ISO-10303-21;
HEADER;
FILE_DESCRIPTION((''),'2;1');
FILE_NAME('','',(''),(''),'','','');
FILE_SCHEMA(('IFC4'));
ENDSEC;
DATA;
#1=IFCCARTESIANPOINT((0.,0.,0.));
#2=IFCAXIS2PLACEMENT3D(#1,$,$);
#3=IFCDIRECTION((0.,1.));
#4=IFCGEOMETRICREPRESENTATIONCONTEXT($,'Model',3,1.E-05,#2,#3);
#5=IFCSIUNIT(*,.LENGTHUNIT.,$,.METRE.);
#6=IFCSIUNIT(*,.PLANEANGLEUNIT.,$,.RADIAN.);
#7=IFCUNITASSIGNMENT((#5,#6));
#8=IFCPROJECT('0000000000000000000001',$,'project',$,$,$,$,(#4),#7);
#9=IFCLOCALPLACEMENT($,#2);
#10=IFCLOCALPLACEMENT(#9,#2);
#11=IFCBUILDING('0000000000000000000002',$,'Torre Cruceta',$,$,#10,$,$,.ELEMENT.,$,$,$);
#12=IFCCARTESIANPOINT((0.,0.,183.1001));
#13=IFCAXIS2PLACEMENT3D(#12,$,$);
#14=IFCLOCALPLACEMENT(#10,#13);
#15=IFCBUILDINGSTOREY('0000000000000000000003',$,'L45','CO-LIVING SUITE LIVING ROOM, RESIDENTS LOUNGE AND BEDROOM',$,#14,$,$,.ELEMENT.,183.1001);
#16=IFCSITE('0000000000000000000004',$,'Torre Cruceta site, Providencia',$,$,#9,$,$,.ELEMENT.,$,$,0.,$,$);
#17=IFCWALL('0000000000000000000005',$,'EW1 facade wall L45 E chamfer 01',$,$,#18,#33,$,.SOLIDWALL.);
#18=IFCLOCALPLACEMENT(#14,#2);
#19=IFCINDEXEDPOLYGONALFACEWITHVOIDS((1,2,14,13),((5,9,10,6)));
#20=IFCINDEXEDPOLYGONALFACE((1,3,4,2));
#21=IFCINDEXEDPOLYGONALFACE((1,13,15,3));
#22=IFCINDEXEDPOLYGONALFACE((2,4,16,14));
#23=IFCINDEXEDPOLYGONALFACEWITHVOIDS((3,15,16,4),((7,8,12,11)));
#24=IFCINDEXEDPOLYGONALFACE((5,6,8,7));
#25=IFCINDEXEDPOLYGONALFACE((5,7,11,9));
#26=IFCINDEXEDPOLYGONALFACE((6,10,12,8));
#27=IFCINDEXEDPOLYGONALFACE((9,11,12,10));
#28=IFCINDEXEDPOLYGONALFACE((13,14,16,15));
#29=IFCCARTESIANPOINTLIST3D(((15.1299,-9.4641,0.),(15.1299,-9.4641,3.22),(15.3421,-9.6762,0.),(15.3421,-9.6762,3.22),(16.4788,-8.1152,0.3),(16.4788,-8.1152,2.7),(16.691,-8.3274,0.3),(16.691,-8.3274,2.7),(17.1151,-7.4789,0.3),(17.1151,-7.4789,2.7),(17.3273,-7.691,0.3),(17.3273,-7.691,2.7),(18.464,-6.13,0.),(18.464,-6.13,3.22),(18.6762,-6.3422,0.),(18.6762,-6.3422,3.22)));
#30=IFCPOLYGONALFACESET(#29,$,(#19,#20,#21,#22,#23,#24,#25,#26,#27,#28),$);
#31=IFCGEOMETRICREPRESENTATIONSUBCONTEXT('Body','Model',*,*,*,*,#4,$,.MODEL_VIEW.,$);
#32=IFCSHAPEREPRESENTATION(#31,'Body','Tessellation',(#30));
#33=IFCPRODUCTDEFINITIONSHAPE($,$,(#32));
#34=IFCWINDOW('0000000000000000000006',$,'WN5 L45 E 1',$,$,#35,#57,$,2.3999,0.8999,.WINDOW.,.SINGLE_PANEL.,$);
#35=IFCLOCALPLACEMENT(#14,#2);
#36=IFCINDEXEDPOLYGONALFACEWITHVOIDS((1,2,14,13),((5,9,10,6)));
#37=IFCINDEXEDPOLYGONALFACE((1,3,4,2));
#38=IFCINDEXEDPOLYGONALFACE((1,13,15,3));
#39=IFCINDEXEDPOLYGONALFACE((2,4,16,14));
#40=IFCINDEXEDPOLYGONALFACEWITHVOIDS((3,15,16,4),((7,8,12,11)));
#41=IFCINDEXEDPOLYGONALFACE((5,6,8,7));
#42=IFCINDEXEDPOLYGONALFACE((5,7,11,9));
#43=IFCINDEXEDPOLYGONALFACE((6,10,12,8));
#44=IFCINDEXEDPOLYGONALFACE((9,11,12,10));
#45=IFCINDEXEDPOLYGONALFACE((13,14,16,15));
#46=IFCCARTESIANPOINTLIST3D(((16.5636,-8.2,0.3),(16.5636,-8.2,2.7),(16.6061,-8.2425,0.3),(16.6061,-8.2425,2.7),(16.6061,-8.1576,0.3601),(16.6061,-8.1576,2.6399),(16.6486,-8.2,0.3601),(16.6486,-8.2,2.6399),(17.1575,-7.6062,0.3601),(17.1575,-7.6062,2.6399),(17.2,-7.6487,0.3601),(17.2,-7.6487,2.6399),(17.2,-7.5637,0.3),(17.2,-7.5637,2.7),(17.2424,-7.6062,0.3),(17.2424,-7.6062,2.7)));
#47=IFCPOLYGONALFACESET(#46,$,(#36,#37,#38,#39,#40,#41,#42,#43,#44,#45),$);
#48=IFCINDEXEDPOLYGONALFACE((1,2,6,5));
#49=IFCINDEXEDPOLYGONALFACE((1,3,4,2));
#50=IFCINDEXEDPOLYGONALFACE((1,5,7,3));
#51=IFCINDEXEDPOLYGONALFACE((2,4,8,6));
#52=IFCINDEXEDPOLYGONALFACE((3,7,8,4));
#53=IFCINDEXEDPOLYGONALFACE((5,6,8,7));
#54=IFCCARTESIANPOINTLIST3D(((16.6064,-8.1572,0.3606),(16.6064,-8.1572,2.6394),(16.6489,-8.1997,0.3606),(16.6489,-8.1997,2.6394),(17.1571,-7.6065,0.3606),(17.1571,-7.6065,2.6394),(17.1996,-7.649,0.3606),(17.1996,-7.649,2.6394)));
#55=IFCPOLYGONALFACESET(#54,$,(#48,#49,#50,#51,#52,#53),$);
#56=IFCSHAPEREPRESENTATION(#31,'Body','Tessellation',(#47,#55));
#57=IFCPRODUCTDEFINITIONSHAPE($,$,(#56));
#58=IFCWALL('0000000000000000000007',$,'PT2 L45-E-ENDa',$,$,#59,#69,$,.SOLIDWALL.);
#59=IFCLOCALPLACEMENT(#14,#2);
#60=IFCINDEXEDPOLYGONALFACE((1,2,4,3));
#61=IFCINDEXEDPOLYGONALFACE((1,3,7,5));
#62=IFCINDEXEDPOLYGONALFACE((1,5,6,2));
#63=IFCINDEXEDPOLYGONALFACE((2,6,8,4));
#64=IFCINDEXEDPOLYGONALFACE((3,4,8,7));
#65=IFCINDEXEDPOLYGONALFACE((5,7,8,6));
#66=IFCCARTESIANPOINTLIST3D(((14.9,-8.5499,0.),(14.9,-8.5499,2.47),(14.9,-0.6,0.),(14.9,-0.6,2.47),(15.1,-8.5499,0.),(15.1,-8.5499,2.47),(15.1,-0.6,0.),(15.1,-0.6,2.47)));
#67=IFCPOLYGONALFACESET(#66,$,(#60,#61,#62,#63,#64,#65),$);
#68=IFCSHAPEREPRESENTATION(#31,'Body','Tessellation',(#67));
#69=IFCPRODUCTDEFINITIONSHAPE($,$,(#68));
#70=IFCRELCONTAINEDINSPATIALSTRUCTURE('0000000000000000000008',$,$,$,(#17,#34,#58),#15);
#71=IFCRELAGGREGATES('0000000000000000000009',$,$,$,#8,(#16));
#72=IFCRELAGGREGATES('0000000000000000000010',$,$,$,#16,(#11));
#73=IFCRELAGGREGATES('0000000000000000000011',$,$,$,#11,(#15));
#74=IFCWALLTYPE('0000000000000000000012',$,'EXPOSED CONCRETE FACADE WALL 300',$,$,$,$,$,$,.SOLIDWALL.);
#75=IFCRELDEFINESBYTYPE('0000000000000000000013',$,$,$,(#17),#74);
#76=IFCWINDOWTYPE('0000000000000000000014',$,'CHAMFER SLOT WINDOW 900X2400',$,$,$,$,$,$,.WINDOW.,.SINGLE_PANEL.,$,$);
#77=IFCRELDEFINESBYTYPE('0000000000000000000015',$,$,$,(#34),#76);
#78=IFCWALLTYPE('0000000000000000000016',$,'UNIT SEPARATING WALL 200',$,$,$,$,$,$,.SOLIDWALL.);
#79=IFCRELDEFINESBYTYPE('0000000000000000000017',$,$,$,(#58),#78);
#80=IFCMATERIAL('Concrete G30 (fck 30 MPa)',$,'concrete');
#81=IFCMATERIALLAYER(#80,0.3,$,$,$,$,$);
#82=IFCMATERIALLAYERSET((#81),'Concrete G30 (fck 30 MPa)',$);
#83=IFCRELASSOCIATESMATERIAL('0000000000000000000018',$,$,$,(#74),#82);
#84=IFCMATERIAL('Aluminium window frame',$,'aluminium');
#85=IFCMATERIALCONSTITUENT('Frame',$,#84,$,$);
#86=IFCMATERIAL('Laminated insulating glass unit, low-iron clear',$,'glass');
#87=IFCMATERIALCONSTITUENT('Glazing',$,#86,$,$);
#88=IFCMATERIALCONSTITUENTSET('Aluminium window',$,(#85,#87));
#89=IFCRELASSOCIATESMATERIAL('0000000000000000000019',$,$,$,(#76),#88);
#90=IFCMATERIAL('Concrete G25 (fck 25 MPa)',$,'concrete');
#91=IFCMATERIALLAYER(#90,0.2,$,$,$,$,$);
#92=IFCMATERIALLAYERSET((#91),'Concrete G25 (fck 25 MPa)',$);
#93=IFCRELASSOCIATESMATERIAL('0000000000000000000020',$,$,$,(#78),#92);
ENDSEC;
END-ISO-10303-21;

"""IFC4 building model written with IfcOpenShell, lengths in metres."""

from ifc_helpers import new_model, si_unit, direction, frame, frame_2d, origin, place, context, subcontext, project, spatial, rectangle, hollow_rectangle, extrude, material, layer, layer_set, constituent, constituent_set, type_object, element, fill, save


model = new_model("IFC4")

# Units and contexts
model_context = context("Model", 3, precision=1e-05, world=origin(), true_north=direction((0.0, 1.0)))
body_context = subcontext(model_context, "Body", "Model", "MODEL_VIEW")
ifc_project = project(units=[si_unit("LENGTHUNIT", "METRE"), si_unit("PLANEANGLEUNIT", "RADIAN")], contexts=[model_context])

# Site, building, storey
site_placement = place(None, origin())
site = spatial("IfcSite", under=ifc_project, at=site_placement, Name="Torre Cruceta site, Providencia", CompositionType="ELEMENT", RefElevation=0.0)
building_placement = place(site_placement, origin())
building = spatial("IfcBuilding", under=site, at=building_placement, Name="Torre Cruceta", CompositionType="ELEMENT")
storey_placement = place(building_placement, frame((0.0, 0.0, 183.1001)))
storey = spatial("IfcBuildingStorey", under=building, at=storey_placement, Name="L45", Description="CO-LIVING SUITE LIVING ROOM, RESIDENTS LOUNGE AND BEDROOM", CompositionType="ELEMENT", Elevation=183.1001)

# Wall, opening, window
ifc_material_1 = material(Name="Concrete G30 (fck 30 MPa)", Category="concrete")
ifc_layer_1 = layer(ifc_material_1, 0.3)
ifc_layer_set_1 = layer_set([ifc_layer_1], Name="Concrete G30 (fck 30 MPa)")
wall_type_1 = type_object("IfcWallType", Name="EXPOSED CONCRETE FACADE WALL 300", PredefinedType="SOLIDWALL", material=ifc_layer_set_1)
wall_1_placement = place(storey_placement, frame((15.2361, -9.5701, 0.0), z_axis=(0.0, 0.0, 1.0), x_axis=(0.707107, 0.707107, 0.0)))
wall_1 = element("IfcWall", 1, at=wall_1_placement, inside=storey, type_object=wall_type_1, Name="EW1 facade wall L45 E chamfer 01", PredefinedType="SOLIDWALL", context=body_context, shape_type="SweptSolid", body=[
    extrude(rectangle(XDim=4.7151, YDim=0.3, at=frame_2d((2.3574, 0.0))), origin(), (0.0, 0.0, 1.0), 3.22),
])
opening_1_placement = place(wall_1_placement, frame((1.9075, 0.0, 0.3)))
opening_1 = element("IfcOpeningElement", 2, at=opening_1_placement, cuts=wall_1, PredefinedType="OPENING", context=body_context, shape_type="SweptSolid", body=[
    extrude(rectangle(XDim=0.8999, YDim=2.3999, at=frame_2d((0.45, 1.2))), frame((0.0, 0.1599, 0.0), z_axis=(0.0, -1.0, 0.0), x_axis=(1.0, 0.0, 0.0)), (0.0, 0.0, 1.0), 0.3201),
])
ifc_material_2 = material(Name="Aluminium window frame", Category="aluminium")
ifc_constituent_1 = constituent(ifc_material_2, Name="Frame")
ifc_material_3 = material(Name="Laminated insulating glass unit, low-iron clear", Category="glass")
ifc_constituent_2 = constituent(ifc_material_3, Name="Glazing")
ifc_constituent_set = constituent_set(constituents=[ifc_constituent_1, ifc_constituent_2], Name="Aluminium window")
window_type = type_object("IfcWindowType", Name="CHAMFER SLOT WINDOW 900X2400", PartitioningType="SINGLE_PANEL", PredefinedType="WINDOW", material=ifc_constituent_set)
window_placement = place(opening_1_placement, origin())
window = element("IfcWindow", 3, at=window_placement, inside=storey, type_object=window_type, Name="WN5 L45 E 1", OverallHeight=2.3999, OverallWidth=0.8999, PartitioningType="SINGLE_PANEL", PredefinedType="WINDOW", context=body_context, shape_type="SweptSolid", body=[
    extrude(hollow_rectangle(XDim=0.8999, YDim=2.3999, WallThickness=0.0601, at=frame_2d((0.45, 1.2))), frame((0.0, 0.03, 0.0), z_axis=(0.0, -1.0, 0.0), x_axis=(1.0, 0.0, 0.0)), (0.0, 0.0, 1.0), 0.0601),
    extrude(rectangle(XDim=0.7788, YDim=2.2788, at=frame_2d((0.45, 1.2))), frame((0.0, 0.03, 0.0), z_axis=(0.0, -1.0, 0.0), x_axis=(1.0, 0.0, 0.0)), (0.0, 0.0, 1.0), 0.0601),
])
fill(opening_1, window)

# Wall
ifc_material_4 = material(Name="Concrete G25 (fck 25 MPa)", Category="concrete")
ifc_layer_2 = layer(ifc_material_4, 0.2)
ifc_layer_set_2 = layer_set([ifc_layer_2], Name="Concrete G25 (fck 25 MPa)")
wall_type_2 = type_object("IfcWallType", Name="UNIT SEPARATING WALL 200", PredefinedType="SOLIDWALL", material=ifc_layer_set_2)
wall_2_placement = place(storey_placement, frame((15.0, -8.55, 0.0), z_axis=(0.0, 0.0, 1.0), x_axis=(0.0, 1.0, 0.0)))
element("IfcWall", 4, at=wall_2_placement, inside=storey, type_object=wall_type_2, Name="PT2 L45-E-ENDa", PredefinedType="SOLIDWALL", context=body_context, shape_type="SweptSolid", body=[
    extrude(rectangle(XDim=7.95, YDim=0.2, at=frame_2d((3.9751, 0.0))), origin(), (0.0, 0.0, 1.0), 2.47),
])

save(model, "model.ifc")
